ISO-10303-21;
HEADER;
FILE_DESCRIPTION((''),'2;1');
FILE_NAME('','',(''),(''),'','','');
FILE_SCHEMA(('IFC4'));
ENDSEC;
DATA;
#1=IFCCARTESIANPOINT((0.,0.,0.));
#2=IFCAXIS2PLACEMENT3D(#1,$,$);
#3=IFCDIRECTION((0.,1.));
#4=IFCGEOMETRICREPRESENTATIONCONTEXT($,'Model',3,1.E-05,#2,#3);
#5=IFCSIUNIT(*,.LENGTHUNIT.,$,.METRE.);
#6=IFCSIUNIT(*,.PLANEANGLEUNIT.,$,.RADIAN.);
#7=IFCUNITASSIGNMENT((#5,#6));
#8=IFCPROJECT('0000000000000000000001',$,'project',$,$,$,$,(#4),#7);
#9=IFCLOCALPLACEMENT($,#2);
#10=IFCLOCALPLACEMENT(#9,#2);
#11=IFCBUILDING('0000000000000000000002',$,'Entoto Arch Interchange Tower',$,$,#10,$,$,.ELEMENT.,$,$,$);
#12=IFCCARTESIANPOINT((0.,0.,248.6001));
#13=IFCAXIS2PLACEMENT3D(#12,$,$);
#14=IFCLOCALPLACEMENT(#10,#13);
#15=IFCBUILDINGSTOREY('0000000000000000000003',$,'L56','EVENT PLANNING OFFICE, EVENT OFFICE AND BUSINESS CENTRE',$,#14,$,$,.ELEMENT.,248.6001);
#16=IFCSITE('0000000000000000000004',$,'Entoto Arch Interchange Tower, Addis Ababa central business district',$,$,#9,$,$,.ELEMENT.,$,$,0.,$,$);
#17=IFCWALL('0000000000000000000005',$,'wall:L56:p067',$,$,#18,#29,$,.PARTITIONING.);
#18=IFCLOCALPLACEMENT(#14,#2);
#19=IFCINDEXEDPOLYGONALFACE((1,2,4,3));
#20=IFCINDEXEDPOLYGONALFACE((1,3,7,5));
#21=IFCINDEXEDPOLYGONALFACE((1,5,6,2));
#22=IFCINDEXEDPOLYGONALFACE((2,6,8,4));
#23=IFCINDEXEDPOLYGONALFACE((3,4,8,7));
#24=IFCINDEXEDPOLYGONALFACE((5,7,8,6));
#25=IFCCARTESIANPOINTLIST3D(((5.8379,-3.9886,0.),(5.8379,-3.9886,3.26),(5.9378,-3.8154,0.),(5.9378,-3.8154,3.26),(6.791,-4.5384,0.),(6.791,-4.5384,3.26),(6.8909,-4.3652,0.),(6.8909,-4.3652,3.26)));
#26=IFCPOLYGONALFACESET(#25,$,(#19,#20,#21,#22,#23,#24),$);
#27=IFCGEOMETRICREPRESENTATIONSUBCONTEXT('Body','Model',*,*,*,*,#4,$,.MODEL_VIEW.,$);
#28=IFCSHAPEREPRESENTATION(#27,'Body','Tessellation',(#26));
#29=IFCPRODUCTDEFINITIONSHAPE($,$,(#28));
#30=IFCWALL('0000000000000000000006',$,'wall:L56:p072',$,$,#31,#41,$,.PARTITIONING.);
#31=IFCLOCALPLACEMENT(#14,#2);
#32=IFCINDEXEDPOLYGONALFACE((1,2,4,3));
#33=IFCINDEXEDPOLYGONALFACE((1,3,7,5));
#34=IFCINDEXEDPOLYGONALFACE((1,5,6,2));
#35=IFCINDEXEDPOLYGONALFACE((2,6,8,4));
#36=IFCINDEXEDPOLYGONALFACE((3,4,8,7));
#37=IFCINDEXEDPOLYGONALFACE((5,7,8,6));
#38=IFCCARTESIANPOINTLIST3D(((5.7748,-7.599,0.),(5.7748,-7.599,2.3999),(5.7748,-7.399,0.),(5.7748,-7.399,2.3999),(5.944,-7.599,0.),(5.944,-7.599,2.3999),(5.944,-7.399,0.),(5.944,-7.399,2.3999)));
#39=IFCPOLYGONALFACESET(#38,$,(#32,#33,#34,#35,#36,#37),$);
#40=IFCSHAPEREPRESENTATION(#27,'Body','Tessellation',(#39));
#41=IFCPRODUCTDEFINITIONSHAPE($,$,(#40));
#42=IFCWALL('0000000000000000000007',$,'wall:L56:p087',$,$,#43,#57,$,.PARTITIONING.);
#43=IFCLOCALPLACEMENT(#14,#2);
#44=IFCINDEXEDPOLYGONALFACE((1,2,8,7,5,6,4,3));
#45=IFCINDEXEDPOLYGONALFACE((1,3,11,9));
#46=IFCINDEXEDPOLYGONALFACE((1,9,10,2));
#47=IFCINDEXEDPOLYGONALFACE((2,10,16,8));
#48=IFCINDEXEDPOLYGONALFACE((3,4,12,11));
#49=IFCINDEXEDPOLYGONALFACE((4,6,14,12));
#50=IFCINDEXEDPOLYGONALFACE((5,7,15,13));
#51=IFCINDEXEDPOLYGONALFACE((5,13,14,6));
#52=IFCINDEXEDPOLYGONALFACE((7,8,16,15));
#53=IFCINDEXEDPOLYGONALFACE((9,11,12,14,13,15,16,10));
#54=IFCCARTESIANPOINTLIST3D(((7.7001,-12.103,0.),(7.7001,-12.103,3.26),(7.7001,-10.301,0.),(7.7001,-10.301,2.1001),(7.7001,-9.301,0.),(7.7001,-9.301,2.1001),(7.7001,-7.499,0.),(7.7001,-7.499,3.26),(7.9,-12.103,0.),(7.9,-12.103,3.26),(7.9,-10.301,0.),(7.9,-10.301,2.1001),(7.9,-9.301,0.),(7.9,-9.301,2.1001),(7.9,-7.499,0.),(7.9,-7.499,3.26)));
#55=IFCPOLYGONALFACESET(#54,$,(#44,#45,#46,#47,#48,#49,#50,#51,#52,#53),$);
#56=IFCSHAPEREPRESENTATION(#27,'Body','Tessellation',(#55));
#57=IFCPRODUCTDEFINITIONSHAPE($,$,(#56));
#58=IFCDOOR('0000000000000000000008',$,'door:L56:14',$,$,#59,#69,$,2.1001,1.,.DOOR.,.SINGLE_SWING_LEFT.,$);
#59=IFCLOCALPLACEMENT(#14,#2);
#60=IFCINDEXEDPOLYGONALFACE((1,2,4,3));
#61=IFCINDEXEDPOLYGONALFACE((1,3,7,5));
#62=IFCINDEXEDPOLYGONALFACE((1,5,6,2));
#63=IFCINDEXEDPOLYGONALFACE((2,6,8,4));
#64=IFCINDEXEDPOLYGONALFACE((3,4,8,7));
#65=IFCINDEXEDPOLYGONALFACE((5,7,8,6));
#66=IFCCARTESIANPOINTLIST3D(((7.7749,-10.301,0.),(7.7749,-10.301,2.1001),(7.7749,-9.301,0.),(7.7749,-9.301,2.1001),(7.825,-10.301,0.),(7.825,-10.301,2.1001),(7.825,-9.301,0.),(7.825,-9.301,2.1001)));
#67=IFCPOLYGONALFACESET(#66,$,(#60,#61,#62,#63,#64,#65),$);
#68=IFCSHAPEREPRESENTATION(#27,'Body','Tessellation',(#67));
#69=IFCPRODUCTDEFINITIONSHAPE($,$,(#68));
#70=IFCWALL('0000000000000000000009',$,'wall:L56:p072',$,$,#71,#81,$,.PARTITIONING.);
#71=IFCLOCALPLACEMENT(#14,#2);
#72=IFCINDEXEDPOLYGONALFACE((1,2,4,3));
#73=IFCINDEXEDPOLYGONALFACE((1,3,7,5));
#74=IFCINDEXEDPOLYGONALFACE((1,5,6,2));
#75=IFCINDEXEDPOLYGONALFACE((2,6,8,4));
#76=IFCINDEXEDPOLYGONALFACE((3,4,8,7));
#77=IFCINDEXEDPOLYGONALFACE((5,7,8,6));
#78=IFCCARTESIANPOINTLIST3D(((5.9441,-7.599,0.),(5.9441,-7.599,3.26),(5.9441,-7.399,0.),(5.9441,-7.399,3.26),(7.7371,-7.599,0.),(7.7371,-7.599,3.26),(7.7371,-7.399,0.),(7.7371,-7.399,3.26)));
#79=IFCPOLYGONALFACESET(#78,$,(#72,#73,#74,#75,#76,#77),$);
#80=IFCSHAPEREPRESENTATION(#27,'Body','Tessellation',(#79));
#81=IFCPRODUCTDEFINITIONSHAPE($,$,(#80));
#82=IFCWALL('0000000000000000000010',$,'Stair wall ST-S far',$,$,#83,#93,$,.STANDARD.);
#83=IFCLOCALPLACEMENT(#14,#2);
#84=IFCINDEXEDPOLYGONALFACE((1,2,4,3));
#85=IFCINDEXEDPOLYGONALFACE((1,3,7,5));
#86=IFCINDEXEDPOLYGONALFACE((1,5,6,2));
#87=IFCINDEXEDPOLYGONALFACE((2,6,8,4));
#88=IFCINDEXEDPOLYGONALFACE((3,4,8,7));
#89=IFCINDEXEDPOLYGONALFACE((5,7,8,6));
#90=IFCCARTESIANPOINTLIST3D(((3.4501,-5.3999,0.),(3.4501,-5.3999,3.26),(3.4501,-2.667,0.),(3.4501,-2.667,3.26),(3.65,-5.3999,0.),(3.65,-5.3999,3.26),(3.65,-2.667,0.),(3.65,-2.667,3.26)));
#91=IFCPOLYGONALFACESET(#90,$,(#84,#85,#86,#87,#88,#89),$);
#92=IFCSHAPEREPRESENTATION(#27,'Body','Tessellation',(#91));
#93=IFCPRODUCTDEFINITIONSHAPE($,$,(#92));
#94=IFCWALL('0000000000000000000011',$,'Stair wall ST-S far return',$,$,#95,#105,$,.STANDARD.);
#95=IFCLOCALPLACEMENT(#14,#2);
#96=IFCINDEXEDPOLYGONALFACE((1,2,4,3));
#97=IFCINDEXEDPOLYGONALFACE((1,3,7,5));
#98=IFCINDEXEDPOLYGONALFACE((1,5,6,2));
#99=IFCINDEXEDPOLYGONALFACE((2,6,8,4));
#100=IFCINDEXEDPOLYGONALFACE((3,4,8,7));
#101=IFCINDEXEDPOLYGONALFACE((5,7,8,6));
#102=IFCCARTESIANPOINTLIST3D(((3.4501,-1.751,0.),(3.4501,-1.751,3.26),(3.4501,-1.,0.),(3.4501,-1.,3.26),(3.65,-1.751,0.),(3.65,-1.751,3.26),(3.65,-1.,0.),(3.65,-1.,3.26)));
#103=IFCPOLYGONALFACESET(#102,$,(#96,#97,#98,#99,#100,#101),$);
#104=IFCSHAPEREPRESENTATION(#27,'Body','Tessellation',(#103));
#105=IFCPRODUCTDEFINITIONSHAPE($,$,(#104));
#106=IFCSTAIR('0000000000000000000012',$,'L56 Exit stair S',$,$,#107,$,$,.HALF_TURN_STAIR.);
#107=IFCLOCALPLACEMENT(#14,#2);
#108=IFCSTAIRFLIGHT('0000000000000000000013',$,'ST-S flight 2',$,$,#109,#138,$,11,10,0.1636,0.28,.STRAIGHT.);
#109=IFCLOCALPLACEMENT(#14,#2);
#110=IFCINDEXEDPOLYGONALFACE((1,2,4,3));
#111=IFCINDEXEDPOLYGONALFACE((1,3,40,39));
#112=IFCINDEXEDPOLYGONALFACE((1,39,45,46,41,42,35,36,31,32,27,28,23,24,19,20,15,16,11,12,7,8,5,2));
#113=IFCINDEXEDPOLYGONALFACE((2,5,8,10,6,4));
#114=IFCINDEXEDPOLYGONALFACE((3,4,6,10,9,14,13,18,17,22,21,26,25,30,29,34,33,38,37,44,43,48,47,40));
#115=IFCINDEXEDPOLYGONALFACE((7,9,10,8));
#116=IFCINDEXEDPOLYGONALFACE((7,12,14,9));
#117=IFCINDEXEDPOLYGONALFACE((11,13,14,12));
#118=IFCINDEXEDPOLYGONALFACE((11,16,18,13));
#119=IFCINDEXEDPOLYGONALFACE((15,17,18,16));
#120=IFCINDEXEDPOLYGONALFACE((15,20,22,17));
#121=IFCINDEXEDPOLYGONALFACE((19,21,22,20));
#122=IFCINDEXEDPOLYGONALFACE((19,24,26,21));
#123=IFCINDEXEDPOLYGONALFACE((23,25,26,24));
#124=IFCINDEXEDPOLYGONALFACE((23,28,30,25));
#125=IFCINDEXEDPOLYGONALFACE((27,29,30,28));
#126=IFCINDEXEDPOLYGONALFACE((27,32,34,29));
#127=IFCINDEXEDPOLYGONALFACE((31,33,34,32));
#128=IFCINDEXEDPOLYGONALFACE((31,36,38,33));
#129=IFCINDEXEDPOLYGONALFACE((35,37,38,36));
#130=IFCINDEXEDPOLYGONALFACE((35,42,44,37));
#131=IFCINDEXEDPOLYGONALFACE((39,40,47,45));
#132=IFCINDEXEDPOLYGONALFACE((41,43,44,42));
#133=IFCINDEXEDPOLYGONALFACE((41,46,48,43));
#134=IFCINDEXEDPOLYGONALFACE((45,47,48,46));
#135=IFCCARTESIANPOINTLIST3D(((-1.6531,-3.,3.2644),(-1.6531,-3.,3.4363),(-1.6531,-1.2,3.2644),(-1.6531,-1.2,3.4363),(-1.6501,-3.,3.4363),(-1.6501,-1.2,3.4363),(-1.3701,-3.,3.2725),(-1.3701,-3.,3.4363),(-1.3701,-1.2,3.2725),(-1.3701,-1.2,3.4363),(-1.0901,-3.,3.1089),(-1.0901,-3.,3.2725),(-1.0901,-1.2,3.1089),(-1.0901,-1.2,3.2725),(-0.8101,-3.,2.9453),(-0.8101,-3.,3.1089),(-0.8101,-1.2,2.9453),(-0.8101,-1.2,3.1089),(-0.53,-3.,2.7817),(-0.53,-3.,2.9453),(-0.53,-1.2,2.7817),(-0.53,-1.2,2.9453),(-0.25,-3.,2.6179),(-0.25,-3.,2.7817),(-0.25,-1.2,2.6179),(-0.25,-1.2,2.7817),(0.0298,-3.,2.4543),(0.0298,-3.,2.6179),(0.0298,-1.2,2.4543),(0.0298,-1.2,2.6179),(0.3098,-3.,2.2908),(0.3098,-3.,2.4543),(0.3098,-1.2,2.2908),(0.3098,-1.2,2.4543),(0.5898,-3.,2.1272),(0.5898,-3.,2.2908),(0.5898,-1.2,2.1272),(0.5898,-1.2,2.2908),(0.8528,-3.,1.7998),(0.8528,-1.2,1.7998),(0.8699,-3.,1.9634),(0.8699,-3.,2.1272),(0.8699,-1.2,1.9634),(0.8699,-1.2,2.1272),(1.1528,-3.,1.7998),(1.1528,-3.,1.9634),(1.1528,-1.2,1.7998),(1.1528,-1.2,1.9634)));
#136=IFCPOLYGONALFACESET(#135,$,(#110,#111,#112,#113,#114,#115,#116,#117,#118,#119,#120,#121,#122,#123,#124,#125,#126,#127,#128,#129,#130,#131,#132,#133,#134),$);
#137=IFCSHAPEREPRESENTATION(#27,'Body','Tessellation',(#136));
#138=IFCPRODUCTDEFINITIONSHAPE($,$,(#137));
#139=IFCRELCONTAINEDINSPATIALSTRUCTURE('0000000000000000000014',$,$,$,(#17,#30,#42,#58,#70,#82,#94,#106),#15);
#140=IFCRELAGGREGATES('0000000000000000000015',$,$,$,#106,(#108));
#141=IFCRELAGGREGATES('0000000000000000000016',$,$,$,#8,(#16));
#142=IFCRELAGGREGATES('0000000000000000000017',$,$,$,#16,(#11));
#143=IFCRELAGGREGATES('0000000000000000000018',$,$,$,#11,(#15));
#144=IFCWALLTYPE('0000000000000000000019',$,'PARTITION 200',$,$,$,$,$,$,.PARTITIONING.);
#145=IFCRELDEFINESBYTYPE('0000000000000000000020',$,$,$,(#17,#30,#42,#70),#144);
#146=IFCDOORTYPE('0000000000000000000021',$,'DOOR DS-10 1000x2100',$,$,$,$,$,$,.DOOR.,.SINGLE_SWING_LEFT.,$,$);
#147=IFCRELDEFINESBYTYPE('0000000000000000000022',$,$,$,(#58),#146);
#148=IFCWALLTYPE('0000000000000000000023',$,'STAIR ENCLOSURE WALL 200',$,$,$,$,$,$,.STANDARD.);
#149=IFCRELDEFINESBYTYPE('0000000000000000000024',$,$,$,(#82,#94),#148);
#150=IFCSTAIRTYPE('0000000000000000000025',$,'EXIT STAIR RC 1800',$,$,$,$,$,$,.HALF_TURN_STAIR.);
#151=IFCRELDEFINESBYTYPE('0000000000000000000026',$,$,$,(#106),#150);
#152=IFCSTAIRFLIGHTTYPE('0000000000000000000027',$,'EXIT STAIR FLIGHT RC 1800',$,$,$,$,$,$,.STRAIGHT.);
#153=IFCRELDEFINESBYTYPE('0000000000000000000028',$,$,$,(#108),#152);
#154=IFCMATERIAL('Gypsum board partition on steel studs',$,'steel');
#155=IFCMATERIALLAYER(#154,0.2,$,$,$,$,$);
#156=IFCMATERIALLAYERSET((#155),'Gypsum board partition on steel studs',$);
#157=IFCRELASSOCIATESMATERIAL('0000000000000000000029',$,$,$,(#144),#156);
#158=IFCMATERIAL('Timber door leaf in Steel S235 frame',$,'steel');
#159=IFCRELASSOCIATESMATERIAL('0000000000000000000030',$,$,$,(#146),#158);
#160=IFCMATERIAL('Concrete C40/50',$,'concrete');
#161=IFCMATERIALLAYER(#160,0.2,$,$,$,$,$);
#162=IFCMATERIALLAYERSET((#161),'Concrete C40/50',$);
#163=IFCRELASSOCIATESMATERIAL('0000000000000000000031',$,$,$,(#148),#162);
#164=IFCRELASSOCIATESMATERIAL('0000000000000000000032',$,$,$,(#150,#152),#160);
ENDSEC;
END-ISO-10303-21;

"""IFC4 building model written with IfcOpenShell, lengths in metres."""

from ifc_helpers import new_model, si_unit, direction, frame, frame_2d, origin, place, context, subcontext, project, spatial, polyline, rectangle, outline, extrude, material, layer, layer_set, type_object, element, fill, aggregate, save


model = new_model("IFC4")

# Units and contexts
model_context = context("Model", 3, precision=1e-05, world=origin(), true_north=direction((0.0, 1.0)))
body_context = subcontext(model_context, "Body", "Model", "MODEL_VIEW")
ifc_project = project(units=[si_unit("LENGTHUNIT", "METRE"), si_unit("PLANEANGLEUNIT", "RADIAN")], contexts=[model_context])

# Site, building, storey
site_placement = place(None, origin())
site = spatial("IfcSite", under=ifc_project, at=site_placement, Name="Entoto Arch Interchange Tower, Addis Ababa central business district", CompositionType="ELEMENT", RefElevation=0.0)
building_placement = place(site_placement, origin())
building = spatial("IfcBuilding", under=site, at=building_placement, Name="Entoto Arch Interchange Tower", CompositionType="ELEMENT")
storey_placement = place(building_placement, frame((0.0, 0.0, 248.6001)))
storey = spatial("IfcBuildingStorey", under=building, at=storey_placement, Name="L56", Description="EVENT PLANNING OFFICE, EVENT OFFICE AND BUSINESS CENTRE", CompositionType="ELEMENT", Elevation=248.6001)

# Shared definitions
ifc_material_1 = material(Name="Concrete C40/50", Category="concrete")

# Walls
ifc_material_2 = material(Name="Gypsum board partition on steel studs", Category="steel")
ifc_layer_1 = layer(ifc_material_2, 0.2)
ifc_layer_set_1 = layer_set([ifc_layer_1], Name="Gypsum board partition on steel studs")
wall_type_1 = type_object("IfcWallType", Name="PARTITION 200", PredefinedType="PARTITIONING", material=ifc_layer_set_1)
wall_1_placement = place(storey_placement, frame((6.8411, -4.4519, 0.0), z_axis=(0.0, 0.0, 1.0), x_axis=(-0.866215, 0.499671, 0.0)))
element("IfcWall", 1, at=wall_1_placement, inside=storey, type_object=wall_type_1, Name="wall:L56:p067", PredefinedType="PARTITIONING", context=body_context, shape_type="SweptSolid", body=[
    extrude(rectangle(XDim=1.1003, YDim=0.2, at=frame_2d((0.5503, 0.0))), origin(), (0.0, 0.0, 1.0), 3.26),
])
wall_2_placement = place(storey_placement, frame((5.7749, -7.499, 0.0), z_axis=(0.0, 0.0, 1.0), x_axis=(1.0, 0.0, 0.0)))
element("IfcWall", 2, at=wall_2_placement, inside=storey, type_object=wall_type_1, Name="wall:L56:p072", PredefinedType="PARTITIONING", context=body_context, shape_type="SweptSolid", body=[
    extrude(rectangle(XDim=0.1692, YDim=0.2, at=frame_2d((0.0845, 0.0))), origin(), (0.0, 0.0, 1.0), 2.3999),
])

# Wall, opening, door
wall_3_placement = place(storey_placement, frame((7.8, -7.499, 0.0), z_axis=(0.0, 0.0, 1.0), x_axis=(0.0, -1.0, 0.0)))
wall_3 = element("IfcWall", 3, at=wall_3_placement, inside=storey, type_object=wall_type_1, Name="wall:L56:p087", PredefinedType="PARTITIONING", context=body_context, shape_type="SweptSolid", body=[
    extrude(rectangle(XDim=4.604, YDim=0.2, at=frame_2d((2.302, 0.0))), origin(), (0.0, 0.0, 1.0), 3.26),
])
opening_1_placement = place(wall_3_placement, frame((1.802, 0.0, 0.0)))
opening_1 = element("IfcOpeningElement", 4, at=opening_1_placement, cuts=wall_3, PredefinedType="OPENING", context=body_context, shape_type="SweptSolid", body=[
    extrude(rectangle(XDim=1.0, YDim=2.1001, at=frame_2d((0.5, 1.05))), frame((0.0, 0.1099, 0.0), z_axis=(0.0, -1.0, 0.0), x_axis=(1.0, 0.0, 0.0)), (0.0, 0.0, 1.0), 0.22),
])
ifc_material_3 = material(Name="Timber door leaf in Steel S235 frame", Category="steel")
door_type_1 = type_object("IfcDoorType", Name="DOOR DS-10 1000x2100", OperationType="SINGLE_SWING_LEFT", PredefinedType="DOOR", material=ifc_material_3)
door_1_placement = place(opening_1_placement, origin())
door_1 = element("IfcDoor", 5, at=door_1_placement, inside=storey, type_object=door_type_1, Name="door:L56:14", OperationType="SINGLE_SWING_LEFT", OverallHeight=2.1001, OverallWidth=1.0, PredefinedType="DOOR", context=body_context, shape_type="SweptSolid", body=[
    extrude(rectangle(XDim=1.0, YDim=2.1001, at=frame_2d((0.5, 1.05))), frame((0.0, 0.0249, 0.0), z_axis=(0.0, -1.0, 0.0), x_axis=(1.0, 0.0, 0.0)), (0.0, 0.0, 1.0), 0.05),
])
fill(opening_1, door_1)

# Walls
wall_4_placement = place(storey_placement, frame((5.9441, -7.499, 0.0), z_axis=(0.0, 0.0, 1.0), x_axis=(1.0, 0.0, 0.0)))
element("IfcWall", 6, at=wall_4_placement, inside=storey, type_object=wall_type_1, Name="wall:L56:p072", PredefinedType="PARTITIONING", context=body_context, shape_type="SweptSolid", body=[
    extrude(rectangle(XDim=1.793, YDim=0.2, at=frame_2d((0.8965, 0.0))), origin(), (0.0, 0.0, 1.0), 3.26),
])
ifc_layer_2 = layer(ifc_material_1, 0.2)
ifc_layer_set_2 = layer_set([ifc_layer_2], Name="Concrete C40/50")
wall_type_2 = type_object("IfcWallType", Name="STAIR ENCLOSURE WALL 200", PredefinedType="STANDARD", material=ifc_layer_set_2)
wall_5_placement = place(storey_placement, frame((3.55, -2.667, 0.0), z_axis=(0.0, 0.0, 1.0), x_axis=(0.0, -1.0, 0.0)))
element("IfcWall", 7, at=wall_5_placement, inside=storey, type_object=wall_type_2, Name="Stair wall ST-S far", PredefinedType="STANDARD", context=body_context, shape_type="SweptSolid", body=[
    extrude(rectangle(XDim=2.7329, YDim=0.2, at=frame_2d((1.3665, 0.0))), origin(), (0.0, 0.0, 1.0), 3.26),
])
wall_6_placement = place(storey_placement, frame((3.55, -1.0, 0.0), z_axis=(0.0, 0.0, 1.0), x_axis=(0.0, -1.0, 0.0)))
element("IfcWall", 8, at=wall_6_placement, inside=storey, type_object=wall_type_2, Name="Stair wall ST-S far return", PredefinedType="STANDARD", context=body_context, shape_type="SweptSolid", body=[
    extrude(rectangle(XDim=0.751, YDim=0.2, at=frame_2d((0.3755, 0.0))), origin(), (0.0, 0.0, 1.0), 3.26),
])

# Stair, stair flight
stair_type = type_object("IfcStairType", Name="EXIT STAIR RC 1800", PredefinedType="HALF_TURN_STAIR", material=ifc_material_1)
stair_placement = place(storey_placement, origin())
stair = element("IfcStair", 9, at=stair_placement, inside=storey, type_object=stair_type, Name="L56 Exit stair S", PredefinedType="HALF_TURN_STAIR")
stair_flight_type = type_object("IfcStairFlightType", Name="EXIT STAIR FLIGHT RC 1800", PredefinedType="STRAIGHT", material=ifc_material_1)
stair_flight_placement = place(storey_placement, frame((1.1499, -2.1001, 1.7998), z_axis=(0.0, 0.0, 1.0), x_axis=(-1.0, 0.0, 0.0)))
stair_flight = element("IfcStairFlight", 10, at=stair_flight_placement, type_object=stair_flight_type, Name="ST-S flight 2", NumberOfRisers=11, NumberOfTreads=10, PredefinedType="STRAIGHT", RiserHeight=0.1636, TreadLength=0.28, context=body_context, shape_type="SweptSolid", body=[
    extrude(outline(polyline([(-0.0029, 0.0), (-0.0029, 0.1636), (0.28, 0.1636), (0.28, 0.3274), (0.5601, 0.3274), (0.5601, 0.491), (0.8401, 0.491), (0.8401, 0.6545), (1.1201, 0.6545), (1.1201, 0.8181), (1.3999, 0.8181), (1.3999, 0.9819), (1.6799, 0.9819), (1.6799, 1.1455), (1.96, 1.1455), (1.96, 1.3091), (2.24, 1.3091), (2.24, 1.4727), (2.52, 1.4727), (2.52, 1.6365), (2.8, 1.6365), (2.803, 1.6365), (2.803, 1.4646), (0.2971, 0.0), (-0.0029, 0.0)])), frame((0.0, 0.8999, 0.0), z_axis=(0.0, -1.0, 0.0), x_axis=(1.0, 0.0, 0.0)), (0.0, 0.0, 1.0), 1.8),
])
aggregate(stair, [stair_flight])

save(model, "model.ifc")
